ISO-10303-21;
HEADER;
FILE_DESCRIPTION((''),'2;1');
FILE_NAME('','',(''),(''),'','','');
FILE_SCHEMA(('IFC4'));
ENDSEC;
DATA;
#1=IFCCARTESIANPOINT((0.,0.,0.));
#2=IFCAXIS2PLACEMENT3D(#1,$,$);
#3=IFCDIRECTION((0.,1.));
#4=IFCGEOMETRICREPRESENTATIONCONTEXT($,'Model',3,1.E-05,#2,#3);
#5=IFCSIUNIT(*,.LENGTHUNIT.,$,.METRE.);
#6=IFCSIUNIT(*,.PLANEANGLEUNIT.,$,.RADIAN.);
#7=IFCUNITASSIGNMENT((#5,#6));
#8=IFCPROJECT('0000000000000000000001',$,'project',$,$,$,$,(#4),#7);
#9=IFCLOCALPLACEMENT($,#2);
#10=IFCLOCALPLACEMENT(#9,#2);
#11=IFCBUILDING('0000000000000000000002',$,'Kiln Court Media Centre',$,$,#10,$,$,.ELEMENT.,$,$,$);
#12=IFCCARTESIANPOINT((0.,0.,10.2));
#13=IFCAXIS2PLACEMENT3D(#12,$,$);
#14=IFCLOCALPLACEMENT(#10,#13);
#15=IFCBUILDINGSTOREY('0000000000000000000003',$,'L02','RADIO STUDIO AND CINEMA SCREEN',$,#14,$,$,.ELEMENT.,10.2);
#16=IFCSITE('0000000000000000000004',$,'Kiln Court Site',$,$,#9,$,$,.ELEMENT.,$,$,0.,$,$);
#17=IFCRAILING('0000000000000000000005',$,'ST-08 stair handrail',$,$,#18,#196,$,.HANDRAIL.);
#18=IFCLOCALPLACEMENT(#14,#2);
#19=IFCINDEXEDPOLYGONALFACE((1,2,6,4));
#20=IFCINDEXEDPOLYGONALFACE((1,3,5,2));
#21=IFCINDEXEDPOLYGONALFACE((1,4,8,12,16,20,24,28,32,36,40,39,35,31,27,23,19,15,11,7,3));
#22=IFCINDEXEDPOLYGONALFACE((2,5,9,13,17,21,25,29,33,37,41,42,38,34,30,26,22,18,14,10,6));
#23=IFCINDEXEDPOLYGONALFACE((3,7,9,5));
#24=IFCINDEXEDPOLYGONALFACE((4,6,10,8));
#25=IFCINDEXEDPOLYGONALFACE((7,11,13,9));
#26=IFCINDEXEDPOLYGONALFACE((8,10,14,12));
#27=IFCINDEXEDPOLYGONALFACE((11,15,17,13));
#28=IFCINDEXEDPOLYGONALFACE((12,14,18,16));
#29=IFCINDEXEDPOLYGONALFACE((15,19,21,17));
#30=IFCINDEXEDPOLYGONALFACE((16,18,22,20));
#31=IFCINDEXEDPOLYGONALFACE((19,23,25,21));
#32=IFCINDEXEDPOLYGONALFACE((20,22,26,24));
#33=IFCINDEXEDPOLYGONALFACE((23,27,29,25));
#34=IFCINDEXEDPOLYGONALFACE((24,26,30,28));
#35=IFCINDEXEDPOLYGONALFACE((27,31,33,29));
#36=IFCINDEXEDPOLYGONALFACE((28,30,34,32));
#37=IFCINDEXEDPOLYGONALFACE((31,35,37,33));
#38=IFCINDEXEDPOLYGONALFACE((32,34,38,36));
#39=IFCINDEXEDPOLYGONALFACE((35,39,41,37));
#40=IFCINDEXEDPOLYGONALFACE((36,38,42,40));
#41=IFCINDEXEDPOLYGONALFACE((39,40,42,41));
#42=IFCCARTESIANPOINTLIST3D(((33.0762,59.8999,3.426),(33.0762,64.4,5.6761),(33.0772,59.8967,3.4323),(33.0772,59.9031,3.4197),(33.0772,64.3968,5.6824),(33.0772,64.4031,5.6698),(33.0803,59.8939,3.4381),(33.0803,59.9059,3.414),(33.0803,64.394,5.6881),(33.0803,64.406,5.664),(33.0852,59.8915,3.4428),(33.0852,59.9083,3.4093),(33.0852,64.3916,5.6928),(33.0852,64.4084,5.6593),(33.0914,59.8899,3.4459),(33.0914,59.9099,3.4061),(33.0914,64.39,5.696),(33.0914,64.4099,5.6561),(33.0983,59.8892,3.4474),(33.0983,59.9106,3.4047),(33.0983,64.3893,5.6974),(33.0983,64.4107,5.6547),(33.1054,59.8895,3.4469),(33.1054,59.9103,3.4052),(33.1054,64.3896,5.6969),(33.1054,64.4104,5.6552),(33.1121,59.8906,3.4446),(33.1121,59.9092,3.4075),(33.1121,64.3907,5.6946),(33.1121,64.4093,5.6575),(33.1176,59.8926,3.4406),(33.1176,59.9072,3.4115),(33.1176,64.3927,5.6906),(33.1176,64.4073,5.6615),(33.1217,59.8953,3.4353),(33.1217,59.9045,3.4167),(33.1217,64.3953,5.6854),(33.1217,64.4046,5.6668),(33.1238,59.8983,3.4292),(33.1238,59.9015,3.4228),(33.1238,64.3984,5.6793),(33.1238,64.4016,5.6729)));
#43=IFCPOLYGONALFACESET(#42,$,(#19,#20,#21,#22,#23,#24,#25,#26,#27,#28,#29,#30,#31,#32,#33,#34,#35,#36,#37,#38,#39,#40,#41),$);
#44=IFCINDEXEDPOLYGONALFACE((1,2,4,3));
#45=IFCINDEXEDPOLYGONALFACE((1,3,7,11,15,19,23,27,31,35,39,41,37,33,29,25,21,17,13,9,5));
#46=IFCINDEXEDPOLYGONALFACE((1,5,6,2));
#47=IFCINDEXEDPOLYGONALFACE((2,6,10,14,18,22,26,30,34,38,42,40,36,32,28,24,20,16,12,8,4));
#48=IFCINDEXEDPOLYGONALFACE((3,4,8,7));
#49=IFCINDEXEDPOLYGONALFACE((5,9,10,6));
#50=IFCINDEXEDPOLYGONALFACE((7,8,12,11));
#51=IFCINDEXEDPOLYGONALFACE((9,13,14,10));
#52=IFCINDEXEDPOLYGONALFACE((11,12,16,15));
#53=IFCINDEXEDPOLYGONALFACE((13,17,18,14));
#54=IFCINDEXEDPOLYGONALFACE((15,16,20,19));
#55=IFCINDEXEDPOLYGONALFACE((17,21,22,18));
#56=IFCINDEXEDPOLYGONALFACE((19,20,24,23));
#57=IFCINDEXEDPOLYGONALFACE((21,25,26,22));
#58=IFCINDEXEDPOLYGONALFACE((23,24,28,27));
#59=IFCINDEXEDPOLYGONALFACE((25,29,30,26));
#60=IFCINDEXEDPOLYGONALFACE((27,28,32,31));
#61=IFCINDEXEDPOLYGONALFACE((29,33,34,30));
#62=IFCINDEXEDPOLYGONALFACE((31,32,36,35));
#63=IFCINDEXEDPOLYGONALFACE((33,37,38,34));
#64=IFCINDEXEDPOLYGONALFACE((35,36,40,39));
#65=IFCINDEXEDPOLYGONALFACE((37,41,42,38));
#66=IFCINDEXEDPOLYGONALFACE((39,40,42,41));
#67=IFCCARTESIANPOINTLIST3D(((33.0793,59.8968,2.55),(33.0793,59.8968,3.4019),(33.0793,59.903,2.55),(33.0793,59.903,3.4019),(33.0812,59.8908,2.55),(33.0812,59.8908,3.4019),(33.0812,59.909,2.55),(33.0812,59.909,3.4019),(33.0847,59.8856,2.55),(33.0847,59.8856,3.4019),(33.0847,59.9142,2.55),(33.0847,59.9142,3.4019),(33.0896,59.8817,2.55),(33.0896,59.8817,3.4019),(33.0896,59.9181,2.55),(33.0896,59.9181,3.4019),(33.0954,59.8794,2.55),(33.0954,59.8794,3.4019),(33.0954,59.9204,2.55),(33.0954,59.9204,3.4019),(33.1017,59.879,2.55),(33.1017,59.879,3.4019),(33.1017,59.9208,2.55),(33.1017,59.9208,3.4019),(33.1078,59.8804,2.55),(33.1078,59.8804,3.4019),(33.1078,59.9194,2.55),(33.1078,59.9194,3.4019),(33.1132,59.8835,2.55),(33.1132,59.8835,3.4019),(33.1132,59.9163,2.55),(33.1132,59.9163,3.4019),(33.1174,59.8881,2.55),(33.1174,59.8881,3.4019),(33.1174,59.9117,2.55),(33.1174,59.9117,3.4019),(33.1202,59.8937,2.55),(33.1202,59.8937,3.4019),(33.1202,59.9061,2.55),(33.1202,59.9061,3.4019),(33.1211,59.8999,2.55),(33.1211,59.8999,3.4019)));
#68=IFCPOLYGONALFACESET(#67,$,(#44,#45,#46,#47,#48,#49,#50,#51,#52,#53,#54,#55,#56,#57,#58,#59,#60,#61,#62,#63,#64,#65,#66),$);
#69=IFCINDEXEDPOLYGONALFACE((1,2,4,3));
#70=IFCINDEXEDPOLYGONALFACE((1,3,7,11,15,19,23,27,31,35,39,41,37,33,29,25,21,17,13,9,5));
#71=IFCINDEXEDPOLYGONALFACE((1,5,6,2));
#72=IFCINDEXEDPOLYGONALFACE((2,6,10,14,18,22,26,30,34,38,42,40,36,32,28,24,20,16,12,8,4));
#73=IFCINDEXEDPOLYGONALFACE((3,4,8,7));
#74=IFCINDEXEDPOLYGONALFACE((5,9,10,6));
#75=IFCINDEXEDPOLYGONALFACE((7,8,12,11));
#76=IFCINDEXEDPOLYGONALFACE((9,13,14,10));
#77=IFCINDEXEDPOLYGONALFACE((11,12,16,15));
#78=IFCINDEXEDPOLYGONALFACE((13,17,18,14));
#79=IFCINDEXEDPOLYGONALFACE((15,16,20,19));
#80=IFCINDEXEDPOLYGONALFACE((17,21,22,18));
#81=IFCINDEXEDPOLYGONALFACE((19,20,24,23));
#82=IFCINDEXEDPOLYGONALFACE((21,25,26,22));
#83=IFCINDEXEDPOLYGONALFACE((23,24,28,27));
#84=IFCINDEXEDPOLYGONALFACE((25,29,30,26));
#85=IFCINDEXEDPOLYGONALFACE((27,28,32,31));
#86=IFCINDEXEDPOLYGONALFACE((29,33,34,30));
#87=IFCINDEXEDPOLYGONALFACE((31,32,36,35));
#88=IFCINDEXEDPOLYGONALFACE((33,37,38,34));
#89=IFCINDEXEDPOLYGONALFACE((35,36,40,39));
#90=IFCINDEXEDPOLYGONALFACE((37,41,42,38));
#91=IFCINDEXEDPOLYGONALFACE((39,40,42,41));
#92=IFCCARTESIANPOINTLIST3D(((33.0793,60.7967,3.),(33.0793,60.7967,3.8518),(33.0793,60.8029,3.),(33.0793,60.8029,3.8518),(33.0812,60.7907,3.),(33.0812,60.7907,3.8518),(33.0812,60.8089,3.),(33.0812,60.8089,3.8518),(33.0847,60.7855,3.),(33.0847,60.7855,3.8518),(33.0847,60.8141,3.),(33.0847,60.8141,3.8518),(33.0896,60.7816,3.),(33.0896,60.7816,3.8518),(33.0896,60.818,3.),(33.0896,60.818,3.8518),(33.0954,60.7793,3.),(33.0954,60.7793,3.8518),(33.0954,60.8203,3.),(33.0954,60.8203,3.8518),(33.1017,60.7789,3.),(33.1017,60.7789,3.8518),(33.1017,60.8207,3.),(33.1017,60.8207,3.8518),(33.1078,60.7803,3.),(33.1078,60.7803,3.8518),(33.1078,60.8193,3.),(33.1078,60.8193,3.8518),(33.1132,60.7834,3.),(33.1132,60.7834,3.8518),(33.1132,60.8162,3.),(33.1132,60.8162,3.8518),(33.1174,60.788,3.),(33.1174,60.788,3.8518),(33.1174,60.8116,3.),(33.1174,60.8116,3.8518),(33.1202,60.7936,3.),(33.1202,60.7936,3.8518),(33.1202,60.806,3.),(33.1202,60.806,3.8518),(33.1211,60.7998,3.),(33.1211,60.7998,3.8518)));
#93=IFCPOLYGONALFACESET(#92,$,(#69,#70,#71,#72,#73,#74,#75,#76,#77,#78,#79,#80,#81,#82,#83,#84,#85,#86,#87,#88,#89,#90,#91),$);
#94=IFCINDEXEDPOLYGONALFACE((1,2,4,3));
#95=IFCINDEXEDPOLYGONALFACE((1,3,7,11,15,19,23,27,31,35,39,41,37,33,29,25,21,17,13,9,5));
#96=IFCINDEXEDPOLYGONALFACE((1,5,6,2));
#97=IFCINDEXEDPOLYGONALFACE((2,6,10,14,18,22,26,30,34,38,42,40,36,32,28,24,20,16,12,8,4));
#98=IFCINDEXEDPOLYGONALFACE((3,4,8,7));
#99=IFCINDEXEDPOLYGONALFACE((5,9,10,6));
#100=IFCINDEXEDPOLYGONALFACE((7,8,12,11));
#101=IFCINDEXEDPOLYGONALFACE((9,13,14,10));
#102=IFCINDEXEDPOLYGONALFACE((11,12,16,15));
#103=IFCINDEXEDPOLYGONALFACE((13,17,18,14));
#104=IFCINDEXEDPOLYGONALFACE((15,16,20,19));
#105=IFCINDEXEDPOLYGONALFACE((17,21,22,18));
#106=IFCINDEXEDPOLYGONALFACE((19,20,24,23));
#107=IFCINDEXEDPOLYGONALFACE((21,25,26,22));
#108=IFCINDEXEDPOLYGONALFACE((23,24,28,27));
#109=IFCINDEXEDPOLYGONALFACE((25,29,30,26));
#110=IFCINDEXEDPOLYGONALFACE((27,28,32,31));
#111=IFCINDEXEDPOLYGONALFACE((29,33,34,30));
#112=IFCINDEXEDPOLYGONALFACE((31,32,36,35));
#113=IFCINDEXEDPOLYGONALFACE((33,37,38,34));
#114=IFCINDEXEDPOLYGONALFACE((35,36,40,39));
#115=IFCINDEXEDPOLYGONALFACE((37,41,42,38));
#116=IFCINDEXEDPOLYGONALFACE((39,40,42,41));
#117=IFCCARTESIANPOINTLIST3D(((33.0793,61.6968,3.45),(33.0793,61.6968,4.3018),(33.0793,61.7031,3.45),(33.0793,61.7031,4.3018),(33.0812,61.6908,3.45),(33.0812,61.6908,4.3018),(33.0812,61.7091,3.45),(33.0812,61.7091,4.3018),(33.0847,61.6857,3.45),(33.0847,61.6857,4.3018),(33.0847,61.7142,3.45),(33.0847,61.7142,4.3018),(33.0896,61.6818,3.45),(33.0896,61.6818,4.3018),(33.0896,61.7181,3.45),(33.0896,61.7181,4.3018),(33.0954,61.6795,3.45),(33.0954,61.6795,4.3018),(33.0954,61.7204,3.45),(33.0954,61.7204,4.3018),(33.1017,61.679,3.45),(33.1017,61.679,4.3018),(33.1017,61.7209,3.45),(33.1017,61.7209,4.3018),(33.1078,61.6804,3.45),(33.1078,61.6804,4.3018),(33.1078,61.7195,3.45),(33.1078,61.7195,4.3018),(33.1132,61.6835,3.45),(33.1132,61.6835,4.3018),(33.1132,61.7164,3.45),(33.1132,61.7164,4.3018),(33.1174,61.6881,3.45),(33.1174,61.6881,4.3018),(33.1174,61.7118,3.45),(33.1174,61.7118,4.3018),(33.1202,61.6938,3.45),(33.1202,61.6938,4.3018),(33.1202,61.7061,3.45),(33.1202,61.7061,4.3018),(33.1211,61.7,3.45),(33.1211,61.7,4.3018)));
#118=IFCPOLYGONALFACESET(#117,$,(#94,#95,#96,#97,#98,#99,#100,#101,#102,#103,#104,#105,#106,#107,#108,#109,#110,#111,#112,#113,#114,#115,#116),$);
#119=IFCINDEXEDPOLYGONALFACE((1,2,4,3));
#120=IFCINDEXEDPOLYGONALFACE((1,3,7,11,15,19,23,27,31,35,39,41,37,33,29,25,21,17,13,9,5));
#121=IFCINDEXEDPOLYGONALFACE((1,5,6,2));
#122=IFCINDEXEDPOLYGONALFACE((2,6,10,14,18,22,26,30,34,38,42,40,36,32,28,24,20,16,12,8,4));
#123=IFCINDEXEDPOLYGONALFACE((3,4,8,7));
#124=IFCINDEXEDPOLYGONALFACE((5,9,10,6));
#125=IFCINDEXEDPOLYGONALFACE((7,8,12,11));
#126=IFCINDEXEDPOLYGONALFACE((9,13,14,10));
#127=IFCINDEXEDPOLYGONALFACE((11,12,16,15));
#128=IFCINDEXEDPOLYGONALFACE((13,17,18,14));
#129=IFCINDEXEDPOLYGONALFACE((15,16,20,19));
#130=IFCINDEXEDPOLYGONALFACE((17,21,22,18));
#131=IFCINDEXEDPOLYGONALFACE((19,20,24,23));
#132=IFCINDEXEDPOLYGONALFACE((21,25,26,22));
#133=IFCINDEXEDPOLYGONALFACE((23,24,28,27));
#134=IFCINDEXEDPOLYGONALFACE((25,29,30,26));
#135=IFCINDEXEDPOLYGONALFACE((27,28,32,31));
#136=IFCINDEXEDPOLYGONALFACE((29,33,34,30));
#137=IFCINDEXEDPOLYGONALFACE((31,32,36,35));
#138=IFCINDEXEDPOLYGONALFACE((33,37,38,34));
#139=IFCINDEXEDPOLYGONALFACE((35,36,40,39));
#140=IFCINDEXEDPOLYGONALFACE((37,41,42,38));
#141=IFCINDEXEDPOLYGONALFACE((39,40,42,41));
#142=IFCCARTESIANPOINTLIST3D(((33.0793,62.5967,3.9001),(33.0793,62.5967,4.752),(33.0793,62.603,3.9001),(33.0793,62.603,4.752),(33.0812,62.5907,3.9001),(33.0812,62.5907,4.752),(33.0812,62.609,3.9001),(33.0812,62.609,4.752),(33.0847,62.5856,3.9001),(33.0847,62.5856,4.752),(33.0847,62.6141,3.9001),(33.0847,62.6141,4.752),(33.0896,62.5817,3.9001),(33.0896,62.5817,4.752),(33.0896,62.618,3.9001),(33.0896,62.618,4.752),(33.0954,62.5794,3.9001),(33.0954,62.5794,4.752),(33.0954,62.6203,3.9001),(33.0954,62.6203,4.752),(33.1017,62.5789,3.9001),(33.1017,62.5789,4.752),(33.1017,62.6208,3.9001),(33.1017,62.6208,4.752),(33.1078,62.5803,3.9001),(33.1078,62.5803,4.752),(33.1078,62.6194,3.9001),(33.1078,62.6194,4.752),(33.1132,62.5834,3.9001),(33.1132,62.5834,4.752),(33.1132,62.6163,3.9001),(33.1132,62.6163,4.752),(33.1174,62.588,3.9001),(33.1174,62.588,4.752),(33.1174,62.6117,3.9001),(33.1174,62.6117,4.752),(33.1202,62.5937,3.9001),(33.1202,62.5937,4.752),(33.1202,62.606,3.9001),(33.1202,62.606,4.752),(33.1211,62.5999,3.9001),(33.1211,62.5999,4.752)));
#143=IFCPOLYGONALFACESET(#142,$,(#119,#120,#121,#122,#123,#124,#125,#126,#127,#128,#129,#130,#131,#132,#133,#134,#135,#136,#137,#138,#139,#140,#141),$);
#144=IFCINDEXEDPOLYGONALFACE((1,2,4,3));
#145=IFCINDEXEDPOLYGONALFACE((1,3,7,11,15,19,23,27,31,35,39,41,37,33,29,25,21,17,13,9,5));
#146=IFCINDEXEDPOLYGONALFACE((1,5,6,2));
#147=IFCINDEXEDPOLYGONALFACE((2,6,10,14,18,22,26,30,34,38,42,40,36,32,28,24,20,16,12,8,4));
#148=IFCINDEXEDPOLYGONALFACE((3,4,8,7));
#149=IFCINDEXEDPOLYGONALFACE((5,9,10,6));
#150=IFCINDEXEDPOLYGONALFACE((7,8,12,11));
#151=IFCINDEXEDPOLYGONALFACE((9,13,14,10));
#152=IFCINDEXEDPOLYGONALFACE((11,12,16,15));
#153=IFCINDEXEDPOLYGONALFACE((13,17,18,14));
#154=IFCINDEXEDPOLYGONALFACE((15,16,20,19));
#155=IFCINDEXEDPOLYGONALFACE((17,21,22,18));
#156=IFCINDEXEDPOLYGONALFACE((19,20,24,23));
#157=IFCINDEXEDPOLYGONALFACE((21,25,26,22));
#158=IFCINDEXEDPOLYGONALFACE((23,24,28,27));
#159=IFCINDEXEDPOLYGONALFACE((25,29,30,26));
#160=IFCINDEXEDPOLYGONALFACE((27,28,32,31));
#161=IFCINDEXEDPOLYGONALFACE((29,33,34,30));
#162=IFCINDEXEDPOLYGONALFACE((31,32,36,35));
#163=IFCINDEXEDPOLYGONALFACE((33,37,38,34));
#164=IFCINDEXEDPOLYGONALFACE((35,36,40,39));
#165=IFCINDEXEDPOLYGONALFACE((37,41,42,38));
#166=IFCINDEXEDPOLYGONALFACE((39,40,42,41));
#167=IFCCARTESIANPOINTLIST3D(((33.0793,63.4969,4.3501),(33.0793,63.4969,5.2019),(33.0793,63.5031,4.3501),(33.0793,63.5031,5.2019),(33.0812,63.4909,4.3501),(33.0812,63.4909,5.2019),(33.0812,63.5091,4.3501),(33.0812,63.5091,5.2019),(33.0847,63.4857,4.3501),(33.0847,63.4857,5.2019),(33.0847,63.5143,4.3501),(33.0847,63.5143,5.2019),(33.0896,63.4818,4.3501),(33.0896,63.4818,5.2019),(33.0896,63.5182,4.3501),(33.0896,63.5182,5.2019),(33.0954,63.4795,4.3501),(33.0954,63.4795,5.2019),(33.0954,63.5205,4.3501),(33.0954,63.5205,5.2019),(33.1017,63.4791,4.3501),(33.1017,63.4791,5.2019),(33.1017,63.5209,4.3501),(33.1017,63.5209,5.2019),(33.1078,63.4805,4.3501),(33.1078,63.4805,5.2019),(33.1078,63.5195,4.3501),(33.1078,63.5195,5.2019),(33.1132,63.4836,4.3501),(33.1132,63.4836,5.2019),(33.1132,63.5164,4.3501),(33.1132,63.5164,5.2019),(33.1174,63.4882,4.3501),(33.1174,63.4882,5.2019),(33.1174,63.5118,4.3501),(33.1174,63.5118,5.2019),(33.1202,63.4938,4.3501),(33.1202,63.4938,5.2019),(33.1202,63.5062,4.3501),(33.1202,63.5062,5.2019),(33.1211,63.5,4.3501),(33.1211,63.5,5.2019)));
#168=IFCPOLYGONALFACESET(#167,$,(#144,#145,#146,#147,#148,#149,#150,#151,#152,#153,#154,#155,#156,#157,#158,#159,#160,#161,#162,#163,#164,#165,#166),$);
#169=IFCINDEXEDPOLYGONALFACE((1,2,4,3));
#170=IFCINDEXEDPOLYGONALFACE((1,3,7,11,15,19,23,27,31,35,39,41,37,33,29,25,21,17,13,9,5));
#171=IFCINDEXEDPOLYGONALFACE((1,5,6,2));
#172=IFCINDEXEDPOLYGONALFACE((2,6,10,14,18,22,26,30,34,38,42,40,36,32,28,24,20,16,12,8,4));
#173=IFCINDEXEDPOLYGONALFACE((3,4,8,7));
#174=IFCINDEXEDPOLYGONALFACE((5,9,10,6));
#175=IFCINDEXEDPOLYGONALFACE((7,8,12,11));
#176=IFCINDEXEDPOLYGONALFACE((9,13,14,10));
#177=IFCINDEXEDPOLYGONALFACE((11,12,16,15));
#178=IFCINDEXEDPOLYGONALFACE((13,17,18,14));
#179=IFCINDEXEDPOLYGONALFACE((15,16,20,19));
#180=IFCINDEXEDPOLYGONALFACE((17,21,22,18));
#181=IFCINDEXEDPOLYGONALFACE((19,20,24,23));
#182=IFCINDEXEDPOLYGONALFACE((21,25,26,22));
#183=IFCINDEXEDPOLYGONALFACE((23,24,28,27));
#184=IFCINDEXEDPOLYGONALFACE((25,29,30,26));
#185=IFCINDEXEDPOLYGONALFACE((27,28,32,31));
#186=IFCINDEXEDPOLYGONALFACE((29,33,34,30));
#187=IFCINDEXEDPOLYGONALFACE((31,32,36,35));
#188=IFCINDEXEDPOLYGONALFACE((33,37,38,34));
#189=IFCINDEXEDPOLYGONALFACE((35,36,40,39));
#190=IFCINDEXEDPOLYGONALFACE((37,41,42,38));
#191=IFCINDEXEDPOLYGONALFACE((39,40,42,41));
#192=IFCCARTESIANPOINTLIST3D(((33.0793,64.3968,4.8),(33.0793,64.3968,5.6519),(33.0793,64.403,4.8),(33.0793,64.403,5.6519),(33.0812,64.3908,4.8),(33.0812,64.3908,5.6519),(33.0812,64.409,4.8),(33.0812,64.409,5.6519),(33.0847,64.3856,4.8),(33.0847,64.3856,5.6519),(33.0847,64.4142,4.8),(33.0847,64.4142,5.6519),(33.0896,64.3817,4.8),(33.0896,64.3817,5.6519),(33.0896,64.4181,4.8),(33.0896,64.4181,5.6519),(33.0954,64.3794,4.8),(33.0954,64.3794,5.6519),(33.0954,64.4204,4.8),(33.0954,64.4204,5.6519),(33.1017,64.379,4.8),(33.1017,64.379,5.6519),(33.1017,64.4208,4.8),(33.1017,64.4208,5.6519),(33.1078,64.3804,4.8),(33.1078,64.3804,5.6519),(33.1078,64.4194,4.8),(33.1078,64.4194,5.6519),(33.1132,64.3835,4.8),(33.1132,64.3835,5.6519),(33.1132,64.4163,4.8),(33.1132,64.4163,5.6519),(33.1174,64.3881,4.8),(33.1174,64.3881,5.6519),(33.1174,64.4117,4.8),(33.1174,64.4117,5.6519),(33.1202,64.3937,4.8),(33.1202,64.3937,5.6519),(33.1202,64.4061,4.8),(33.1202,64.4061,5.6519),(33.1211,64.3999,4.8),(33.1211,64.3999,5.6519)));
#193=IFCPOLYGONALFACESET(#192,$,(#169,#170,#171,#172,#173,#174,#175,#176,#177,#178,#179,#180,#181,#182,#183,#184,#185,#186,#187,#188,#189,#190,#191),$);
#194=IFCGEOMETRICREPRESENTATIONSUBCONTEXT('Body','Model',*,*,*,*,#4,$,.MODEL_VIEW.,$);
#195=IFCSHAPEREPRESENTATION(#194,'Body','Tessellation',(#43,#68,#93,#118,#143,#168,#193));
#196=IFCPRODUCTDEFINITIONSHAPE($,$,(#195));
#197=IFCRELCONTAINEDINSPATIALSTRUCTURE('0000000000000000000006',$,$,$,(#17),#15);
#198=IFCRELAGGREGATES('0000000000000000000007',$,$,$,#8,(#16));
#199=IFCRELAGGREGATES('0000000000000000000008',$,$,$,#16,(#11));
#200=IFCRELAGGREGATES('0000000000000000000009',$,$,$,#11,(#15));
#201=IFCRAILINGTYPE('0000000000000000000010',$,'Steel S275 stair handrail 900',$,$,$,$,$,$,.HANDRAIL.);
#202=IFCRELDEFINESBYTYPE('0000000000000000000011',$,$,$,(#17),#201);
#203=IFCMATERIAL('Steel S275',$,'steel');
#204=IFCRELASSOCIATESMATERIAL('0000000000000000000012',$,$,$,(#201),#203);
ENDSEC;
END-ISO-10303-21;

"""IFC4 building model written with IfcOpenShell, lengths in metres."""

from ifc_helpers import new_model, si_unit, direction, frame, origin, origin_2d, place, context, subcontext, project, spatial, circle, extrude, material, type_object, element, save


model = new_model("IFC4")

# Units and contexts
model_context = context("Model", 3, precision=1e-05, world=origin(), true_north=direction((0.0, 1.0)))
body_context = subcontext(model_context, "Body", "Model", "MODEL_VIEW")
ifc_project = project(units=[si_unit("LENGTHUNIT", "METRE"), si_unit("PLANEANGLEUNIT", "RADIAN")], contexts=[model_context])

# Site, building, storey
site_placement = place(None, origin())
site = spatial("IfcSite", under=ifc_project, at=site_placement, Name="Kiln Court Site", CompositionType="ELEMENT", RefElevation=0.0)
building_placement = place(site_placement, origin())
building = spatial("IfcBuilding", under=site, at=building_placement, Name="Kiln Court Media Centre", CompositionType="ELEMENT")
storey_placement = place(building_placement, frame((0.0, 0.0, 10.2)))
storey = spatial("IfcBuildingStorey", under=building, at=storey_placement, Name="L02", Description="RADIO STUDIO AND CINEMA SCREEN", CompositionType="ELEMENT", Elevation=10.2)

# Railing
ifc_material_1 = material(Name="Steel S275", Category="steel")
railing_type_1 = type_object("IfcRailingType", Name="Steel S275 stair handrail 900", PredefinedType="HANDRAIL", material=ifc_material_1)
railing_1_placement = place(storey_placement, frame((33.1001, 59.8999, 2.55)))
element("IfcRailing", 1, at=railing_1_placement, inside=storey, type_object=railing_type_1, Name="ST-08 stair handrail", PredefinedType="HANDRAIL", context=body_context, shape_type="SweptSolid", body=[
    extrude(circle(Radius=0.0239, at=origin_2d()), frame((0.0, 0.0, 0.876), z_axis=(0.0, 0.894427, 0.447214), x_axis=(-1.0, 0.0, 0.0)), (0.0, 0.0, 1.0), 5.0312),
    extrude(circle(Radius=0.021, at=origin_2d()), origin(), (0.0, 0.0, 1.0), 0.8518),
    extrude(circle(Radius=0.021, at=origin_2d()), frame((0.0, 0.8999, 0.45)), (0.0, 0.0, 1.0), 0.8518),
    extrude(circle(Radius=0.021, at=origin_2d()), frame((0.0, 1.8, 0.8999)), (0.0, 0.0, 1.0), 0.8518),
    extrude(circle(Radius=0.021, at=origin_2d()), frame((0.0, 2.7, 1.3501)), (0.0, 0.0, 1.0), 0.8518),
    extrude(circle(Radius=0.021, at=origin_2d()), frame((0.0, 3.6001, 1.8)), (0.0, 0.0, 1.0), 0.8518),
    extrude(circle(Radius=0.021, at=origin_2d()), frame((0.0, 4.5, 2.25)), (0.0, 0.0, 1.0), 0.8518),
])

save(model, "model.ifc")
